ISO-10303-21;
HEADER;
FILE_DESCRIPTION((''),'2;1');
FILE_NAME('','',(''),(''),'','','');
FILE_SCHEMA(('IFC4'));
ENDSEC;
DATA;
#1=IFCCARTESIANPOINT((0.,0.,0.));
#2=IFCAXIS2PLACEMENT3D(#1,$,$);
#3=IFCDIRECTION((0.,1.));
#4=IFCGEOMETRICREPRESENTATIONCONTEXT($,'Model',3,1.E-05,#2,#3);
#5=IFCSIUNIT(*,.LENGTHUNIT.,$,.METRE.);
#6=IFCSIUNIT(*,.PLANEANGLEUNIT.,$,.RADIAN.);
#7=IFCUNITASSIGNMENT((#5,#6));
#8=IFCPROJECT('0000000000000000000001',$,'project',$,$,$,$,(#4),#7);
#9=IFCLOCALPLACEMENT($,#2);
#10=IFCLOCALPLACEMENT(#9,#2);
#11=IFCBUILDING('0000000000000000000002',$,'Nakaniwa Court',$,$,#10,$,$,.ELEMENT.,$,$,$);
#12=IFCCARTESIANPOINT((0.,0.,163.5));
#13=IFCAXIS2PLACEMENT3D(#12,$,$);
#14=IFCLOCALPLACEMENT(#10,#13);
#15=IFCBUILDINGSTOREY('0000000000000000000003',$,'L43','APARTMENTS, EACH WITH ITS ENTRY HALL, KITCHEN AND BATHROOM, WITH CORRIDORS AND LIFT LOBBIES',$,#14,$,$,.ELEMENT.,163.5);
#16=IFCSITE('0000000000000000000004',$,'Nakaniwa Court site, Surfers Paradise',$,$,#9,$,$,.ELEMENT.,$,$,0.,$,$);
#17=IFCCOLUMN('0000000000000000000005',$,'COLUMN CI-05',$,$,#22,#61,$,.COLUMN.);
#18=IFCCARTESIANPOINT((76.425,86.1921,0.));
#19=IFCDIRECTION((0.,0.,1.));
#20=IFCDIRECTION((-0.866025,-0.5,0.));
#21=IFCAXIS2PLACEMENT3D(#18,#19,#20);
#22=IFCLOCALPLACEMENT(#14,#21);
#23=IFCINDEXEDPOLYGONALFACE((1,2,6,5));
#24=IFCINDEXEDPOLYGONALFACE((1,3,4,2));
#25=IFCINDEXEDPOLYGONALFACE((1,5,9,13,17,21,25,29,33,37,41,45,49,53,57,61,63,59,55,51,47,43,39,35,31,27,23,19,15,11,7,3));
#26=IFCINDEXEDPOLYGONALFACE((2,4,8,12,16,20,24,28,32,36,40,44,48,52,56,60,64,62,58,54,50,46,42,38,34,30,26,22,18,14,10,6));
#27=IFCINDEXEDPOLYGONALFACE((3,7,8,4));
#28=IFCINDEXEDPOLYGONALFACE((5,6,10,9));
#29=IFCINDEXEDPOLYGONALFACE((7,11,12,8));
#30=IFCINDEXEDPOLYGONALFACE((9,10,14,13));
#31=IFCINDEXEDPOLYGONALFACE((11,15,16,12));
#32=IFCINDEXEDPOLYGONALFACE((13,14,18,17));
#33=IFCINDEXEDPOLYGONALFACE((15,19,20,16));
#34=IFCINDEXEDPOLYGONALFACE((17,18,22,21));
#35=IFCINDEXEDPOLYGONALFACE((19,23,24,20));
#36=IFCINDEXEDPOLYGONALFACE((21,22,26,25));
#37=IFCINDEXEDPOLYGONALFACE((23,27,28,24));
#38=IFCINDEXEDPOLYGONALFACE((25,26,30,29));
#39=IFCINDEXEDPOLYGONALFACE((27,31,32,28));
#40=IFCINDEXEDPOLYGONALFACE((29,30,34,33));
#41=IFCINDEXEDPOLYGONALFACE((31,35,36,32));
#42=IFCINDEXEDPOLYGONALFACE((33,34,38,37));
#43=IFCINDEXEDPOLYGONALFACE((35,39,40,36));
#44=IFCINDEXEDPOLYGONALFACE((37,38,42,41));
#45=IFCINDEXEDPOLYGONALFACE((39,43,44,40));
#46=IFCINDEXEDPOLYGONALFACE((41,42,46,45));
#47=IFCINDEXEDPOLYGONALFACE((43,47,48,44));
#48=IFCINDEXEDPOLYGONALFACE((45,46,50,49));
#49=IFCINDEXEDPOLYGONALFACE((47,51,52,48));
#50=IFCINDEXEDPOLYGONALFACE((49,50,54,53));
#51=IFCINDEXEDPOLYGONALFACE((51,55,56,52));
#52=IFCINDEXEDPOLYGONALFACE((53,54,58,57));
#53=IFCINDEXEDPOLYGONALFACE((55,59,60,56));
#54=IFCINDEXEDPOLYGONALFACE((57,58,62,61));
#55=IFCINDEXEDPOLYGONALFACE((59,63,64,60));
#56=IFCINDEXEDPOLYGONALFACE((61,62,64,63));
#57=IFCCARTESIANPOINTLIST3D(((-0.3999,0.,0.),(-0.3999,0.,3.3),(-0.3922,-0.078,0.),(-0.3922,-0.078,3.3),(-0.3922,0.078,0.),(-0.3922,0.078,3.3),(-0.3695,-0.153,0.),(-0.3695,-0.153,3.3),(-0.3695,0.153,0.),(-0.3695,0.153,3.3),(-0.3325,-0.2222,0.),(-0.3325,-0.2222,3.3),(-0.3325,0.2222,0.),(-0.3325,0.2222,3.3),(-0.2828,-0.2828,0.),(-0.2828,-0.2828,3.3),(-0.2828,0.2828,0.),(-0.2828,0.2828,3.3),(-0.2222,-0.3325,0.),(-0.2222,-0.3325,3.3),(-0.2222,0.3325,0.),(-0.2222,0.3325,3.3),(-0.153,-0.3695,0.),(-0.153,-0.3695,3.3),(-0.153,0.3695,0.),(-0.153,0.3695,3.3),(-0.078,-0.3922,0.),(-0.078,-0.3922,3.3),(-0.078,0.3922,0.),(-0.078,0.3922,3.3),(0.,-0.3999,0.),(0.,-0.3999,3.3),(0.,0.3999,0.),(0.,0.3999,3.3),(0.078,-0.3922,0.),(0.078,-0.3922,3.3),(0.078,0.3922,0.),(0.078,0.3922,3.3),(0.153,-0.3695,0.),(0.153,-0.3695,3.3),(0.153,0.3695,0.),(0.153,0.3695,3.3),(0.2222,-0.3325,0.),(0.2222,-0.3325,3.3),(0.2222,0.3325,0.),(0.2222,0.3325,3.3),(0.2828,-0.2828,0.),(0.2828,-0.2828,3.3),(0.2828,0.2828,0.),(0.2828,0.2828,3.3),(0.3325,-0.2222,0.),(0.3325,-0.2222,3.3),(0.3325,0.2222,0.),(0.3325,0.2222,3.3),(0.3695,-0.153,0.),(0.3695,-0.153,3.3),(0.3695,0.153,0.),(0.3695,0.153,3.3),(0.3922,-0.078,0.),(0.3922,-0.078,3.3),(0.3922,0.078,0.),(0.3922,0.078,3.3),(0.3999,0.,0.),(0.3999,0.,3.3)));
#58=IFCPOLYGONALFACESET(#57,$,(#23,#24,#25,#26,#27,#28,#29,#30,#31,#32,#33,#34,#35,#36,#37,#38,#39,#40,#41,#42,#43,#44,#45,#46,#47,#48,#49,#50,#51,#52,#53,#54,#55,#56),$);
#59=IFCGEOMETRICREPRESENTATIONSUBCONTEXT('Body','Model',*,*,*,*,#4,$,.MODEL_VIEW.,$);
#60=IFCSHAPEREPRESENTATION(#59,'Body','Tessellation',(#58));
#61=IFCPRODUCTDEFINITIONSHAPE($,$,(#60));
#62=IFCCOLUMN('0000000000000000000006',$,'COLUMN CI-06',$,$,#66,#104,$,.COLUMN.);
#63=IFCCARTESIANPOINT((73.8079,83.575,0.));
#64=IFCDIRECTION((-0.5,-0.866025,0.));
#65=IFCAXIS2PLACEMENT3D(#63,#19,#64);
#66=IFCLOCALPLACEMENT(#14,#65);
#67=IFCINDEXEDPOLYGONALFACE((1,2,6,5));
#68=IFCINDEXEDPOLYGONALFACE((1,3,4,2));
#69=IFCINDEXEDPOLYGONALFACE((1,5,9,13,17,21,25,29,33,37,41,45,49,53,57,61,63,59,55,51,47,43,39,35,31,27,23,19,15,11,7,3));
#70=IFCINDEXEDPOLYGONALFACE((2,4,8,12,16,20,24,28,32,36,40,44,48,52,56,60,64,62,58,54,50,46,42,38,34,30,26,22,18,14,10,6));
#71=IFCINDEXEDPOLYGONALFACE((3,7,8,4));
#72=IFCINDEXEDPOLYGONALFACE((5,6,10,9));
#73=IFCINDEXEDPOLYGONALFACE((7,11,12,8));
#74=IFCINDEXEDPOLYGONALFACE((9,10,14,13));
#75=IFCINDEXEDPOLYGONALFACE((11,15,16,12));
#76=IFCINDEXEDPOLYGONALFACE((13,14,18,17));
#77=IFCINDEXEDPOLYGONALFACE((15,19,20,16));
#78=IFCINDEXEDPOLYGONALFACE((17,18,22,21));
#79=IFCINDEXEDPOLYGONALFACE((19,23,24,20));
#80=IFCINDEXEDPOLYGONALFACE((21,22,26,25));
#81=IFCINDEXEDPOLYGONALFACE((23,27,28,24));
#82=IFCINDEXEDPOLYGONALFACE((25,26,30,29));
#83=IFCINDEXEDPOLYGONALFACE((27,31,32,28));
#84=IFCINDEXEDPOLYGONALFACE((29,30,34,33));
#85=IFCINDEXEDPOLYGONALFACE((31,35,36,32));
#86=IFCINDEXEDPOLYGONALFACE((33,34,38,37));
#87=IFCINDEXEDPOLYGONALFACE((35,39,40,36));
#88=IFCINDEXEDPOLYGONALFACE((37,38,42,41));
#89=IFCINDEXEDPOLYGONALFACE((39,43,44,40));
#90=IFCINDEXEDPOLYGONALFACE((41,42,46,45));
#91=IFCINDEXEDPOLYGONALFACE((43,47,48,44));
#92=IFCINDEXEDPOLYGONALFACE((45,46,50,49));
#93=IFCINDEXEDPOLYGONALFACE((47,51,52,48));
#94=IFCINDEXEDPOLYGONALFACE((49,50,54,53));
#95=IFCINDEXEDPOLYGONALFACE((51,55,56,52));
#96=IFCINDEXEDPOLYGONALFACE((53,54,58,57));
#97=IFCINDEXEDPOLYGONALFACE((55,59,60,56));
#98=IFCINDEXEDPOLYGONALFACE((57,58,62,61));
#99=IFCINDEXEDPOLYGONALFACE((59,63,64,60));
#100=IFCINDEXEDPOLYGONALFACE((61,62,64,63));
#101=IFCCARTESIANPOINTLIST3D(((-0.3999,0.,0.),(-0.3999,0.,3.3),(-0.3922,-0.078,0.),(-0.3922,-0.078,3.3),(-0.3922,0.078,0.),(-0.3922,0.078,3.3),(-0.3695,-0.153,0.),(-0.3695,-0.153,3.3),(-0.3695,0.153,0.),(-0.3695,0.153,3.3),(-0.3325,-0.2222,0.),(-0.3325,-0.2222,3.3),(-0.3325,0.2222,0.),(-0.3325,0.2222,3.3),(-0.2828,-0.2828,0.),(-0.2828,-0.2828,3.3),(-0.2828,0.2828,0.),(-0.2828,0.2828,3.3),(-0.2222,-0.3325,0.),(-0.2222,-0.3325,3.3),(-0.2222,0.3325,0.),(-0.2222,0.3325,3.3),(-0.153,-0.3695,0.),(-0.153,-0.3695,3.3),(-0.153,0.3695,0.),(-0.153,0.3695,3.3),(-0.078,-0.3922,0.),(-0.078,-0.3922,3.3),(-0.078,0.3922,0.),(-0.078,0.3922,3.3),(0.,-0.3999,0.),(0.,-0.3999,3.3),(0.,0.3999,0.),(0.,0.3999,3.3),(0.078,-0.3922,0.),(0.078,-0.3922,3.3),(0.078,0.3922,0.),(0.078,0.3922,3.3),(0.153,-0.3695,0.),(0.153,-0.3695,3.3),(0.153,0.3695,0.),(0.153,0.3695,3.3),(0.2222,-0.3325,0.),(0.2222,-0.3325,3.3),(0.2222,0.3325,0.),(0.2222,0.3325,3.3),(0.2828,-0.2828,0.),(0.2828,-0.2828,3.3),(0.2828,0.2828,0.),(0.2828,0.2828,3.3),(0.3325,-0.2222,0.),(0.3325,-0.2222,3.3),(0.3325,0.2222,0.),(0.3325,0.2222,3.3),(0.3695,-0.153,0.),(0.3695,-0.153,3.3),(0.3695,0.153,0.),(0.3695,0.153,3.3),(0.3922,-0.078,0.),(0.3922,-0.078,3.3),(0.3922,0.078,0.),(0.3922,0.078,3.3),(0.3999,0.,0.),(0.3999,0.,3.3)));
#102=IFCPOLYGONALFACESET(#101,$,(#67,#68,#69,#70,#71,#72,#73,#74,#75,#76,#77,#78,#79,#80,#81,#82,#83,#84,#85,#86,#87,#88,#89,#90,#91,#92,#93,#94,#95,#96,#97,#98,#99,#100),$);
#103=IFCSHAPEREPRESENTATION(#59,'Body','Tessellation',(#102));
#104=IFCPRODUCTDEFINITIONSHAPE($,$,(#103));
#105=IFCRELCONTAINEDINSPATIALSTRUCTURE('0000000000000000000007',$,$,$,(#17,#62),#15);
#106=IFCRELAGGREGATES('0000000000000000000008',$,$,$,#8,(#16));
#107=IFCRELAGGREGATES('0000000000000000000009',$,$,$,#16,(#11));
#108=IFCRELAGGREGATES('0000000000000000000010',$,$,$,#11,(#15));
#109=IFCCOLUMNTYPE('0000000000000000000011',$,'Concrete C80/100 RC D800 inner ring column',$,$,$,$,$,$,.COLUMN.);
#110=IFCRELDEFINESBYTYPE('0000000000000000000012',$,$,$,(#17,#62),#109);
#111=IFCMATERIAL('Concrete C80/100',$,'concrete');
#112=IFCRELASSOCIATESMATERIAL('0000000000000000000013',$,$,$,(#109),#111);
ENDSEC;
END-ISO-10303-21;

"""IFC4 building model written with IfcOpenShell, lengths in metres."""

from ifc_helpers import new_model, si_unit, direction, frame, origin, origin_2d, place, context, subcontext, project, spatial, circle, extrude, material, material_profile, profile_set, type_object, element, save


model = new_model("IFC4")

# Units and contexts
model_context = context("Model", 3, precision=1e-05, world=origin(), true_north=direction((0.0, 1.0)))
body_context = subcontext(model_context, "Body", "Model", "MODEL_VIEW")
ifc_project = project(units=[si_unit("LENGTHUNIT", "METRE"), si_unit("PLANEANGLEUNIT", "RADIAN")], contexts=[model_context])

# Site, building, storey
site_placement = place(None, origin())
site = spatial("IfcSite", under=ifc_project, at=site_placement, Name="Nakaniwa Court site, Surfers Paradise", CompositionType="ELEMENT", RefElevation=0.0)
building_placement = place(site_placement, origin())
building = spatial("IfcBuilding", under=site, at=building_placement, Name="Nakaniwa Court", CompositionType="ELEMENT")
storey_placement = place(building_placement, frame((0.0, 0.0, 163.5)))
storey = spatial("IfcBuildingStorey", under=building, at=storey_placement, Name="L43", Description="APARTMENTS, EACH WITH ITS ENTRY HALL, KITCHEN AND BATHROOM, WITH CORRIDORS AND LIFT LOBBIES", CompositionType="ELEMENT", Elevation=163.5)

# Columns
ifc_material_1 = material(Name="Concrete C80/100", Category="concrete")
ifc_material_profile_1 = material_profile(ifc_material_1, circle(Radius=0.3999, at=origin_2d()), Name="Concrete C80/100 RC D800 inner ring column")
ifc_profile_set_1 = profile_set([ifc_material_profile_1], Name="Concrete C80/100")
column_type_1 = type_object("IfcColumnType", Name="Concrete C80/100 RC D800 inner ring column", PredefinedType="COLUMN", material=ifc_profile_set_1)
for number, where, z_axis, x_axis, name in (
    (1, (76.425, 86.1921, 0.0), (0.0, 0.0, 1.0), (-0.866025, -0.5, 0.0), "COLUMN CI-05"),
    (2, (73.8079, 83.575, 0.0), (0.0, 0.0, 1.0), (-0.5, -0.866025, 0.0), "COLUMN CI-06"),
):
    element("IfcColumn", number, at=place(storey_placement, frame(where, z_axis=z_axis, x_axis=x_axis)), inside=storey, type_object=column_type_1, Name=name, PredefinedType="COLUMN", context=body_context, shape_type="SweptSolid", body=[
        extrude(circle(Radius=0.3999, at=origin_2d()), origin(), (0.0, 0.0, 1.0), 3.3),
    ])

save(model, "model.ifc")
